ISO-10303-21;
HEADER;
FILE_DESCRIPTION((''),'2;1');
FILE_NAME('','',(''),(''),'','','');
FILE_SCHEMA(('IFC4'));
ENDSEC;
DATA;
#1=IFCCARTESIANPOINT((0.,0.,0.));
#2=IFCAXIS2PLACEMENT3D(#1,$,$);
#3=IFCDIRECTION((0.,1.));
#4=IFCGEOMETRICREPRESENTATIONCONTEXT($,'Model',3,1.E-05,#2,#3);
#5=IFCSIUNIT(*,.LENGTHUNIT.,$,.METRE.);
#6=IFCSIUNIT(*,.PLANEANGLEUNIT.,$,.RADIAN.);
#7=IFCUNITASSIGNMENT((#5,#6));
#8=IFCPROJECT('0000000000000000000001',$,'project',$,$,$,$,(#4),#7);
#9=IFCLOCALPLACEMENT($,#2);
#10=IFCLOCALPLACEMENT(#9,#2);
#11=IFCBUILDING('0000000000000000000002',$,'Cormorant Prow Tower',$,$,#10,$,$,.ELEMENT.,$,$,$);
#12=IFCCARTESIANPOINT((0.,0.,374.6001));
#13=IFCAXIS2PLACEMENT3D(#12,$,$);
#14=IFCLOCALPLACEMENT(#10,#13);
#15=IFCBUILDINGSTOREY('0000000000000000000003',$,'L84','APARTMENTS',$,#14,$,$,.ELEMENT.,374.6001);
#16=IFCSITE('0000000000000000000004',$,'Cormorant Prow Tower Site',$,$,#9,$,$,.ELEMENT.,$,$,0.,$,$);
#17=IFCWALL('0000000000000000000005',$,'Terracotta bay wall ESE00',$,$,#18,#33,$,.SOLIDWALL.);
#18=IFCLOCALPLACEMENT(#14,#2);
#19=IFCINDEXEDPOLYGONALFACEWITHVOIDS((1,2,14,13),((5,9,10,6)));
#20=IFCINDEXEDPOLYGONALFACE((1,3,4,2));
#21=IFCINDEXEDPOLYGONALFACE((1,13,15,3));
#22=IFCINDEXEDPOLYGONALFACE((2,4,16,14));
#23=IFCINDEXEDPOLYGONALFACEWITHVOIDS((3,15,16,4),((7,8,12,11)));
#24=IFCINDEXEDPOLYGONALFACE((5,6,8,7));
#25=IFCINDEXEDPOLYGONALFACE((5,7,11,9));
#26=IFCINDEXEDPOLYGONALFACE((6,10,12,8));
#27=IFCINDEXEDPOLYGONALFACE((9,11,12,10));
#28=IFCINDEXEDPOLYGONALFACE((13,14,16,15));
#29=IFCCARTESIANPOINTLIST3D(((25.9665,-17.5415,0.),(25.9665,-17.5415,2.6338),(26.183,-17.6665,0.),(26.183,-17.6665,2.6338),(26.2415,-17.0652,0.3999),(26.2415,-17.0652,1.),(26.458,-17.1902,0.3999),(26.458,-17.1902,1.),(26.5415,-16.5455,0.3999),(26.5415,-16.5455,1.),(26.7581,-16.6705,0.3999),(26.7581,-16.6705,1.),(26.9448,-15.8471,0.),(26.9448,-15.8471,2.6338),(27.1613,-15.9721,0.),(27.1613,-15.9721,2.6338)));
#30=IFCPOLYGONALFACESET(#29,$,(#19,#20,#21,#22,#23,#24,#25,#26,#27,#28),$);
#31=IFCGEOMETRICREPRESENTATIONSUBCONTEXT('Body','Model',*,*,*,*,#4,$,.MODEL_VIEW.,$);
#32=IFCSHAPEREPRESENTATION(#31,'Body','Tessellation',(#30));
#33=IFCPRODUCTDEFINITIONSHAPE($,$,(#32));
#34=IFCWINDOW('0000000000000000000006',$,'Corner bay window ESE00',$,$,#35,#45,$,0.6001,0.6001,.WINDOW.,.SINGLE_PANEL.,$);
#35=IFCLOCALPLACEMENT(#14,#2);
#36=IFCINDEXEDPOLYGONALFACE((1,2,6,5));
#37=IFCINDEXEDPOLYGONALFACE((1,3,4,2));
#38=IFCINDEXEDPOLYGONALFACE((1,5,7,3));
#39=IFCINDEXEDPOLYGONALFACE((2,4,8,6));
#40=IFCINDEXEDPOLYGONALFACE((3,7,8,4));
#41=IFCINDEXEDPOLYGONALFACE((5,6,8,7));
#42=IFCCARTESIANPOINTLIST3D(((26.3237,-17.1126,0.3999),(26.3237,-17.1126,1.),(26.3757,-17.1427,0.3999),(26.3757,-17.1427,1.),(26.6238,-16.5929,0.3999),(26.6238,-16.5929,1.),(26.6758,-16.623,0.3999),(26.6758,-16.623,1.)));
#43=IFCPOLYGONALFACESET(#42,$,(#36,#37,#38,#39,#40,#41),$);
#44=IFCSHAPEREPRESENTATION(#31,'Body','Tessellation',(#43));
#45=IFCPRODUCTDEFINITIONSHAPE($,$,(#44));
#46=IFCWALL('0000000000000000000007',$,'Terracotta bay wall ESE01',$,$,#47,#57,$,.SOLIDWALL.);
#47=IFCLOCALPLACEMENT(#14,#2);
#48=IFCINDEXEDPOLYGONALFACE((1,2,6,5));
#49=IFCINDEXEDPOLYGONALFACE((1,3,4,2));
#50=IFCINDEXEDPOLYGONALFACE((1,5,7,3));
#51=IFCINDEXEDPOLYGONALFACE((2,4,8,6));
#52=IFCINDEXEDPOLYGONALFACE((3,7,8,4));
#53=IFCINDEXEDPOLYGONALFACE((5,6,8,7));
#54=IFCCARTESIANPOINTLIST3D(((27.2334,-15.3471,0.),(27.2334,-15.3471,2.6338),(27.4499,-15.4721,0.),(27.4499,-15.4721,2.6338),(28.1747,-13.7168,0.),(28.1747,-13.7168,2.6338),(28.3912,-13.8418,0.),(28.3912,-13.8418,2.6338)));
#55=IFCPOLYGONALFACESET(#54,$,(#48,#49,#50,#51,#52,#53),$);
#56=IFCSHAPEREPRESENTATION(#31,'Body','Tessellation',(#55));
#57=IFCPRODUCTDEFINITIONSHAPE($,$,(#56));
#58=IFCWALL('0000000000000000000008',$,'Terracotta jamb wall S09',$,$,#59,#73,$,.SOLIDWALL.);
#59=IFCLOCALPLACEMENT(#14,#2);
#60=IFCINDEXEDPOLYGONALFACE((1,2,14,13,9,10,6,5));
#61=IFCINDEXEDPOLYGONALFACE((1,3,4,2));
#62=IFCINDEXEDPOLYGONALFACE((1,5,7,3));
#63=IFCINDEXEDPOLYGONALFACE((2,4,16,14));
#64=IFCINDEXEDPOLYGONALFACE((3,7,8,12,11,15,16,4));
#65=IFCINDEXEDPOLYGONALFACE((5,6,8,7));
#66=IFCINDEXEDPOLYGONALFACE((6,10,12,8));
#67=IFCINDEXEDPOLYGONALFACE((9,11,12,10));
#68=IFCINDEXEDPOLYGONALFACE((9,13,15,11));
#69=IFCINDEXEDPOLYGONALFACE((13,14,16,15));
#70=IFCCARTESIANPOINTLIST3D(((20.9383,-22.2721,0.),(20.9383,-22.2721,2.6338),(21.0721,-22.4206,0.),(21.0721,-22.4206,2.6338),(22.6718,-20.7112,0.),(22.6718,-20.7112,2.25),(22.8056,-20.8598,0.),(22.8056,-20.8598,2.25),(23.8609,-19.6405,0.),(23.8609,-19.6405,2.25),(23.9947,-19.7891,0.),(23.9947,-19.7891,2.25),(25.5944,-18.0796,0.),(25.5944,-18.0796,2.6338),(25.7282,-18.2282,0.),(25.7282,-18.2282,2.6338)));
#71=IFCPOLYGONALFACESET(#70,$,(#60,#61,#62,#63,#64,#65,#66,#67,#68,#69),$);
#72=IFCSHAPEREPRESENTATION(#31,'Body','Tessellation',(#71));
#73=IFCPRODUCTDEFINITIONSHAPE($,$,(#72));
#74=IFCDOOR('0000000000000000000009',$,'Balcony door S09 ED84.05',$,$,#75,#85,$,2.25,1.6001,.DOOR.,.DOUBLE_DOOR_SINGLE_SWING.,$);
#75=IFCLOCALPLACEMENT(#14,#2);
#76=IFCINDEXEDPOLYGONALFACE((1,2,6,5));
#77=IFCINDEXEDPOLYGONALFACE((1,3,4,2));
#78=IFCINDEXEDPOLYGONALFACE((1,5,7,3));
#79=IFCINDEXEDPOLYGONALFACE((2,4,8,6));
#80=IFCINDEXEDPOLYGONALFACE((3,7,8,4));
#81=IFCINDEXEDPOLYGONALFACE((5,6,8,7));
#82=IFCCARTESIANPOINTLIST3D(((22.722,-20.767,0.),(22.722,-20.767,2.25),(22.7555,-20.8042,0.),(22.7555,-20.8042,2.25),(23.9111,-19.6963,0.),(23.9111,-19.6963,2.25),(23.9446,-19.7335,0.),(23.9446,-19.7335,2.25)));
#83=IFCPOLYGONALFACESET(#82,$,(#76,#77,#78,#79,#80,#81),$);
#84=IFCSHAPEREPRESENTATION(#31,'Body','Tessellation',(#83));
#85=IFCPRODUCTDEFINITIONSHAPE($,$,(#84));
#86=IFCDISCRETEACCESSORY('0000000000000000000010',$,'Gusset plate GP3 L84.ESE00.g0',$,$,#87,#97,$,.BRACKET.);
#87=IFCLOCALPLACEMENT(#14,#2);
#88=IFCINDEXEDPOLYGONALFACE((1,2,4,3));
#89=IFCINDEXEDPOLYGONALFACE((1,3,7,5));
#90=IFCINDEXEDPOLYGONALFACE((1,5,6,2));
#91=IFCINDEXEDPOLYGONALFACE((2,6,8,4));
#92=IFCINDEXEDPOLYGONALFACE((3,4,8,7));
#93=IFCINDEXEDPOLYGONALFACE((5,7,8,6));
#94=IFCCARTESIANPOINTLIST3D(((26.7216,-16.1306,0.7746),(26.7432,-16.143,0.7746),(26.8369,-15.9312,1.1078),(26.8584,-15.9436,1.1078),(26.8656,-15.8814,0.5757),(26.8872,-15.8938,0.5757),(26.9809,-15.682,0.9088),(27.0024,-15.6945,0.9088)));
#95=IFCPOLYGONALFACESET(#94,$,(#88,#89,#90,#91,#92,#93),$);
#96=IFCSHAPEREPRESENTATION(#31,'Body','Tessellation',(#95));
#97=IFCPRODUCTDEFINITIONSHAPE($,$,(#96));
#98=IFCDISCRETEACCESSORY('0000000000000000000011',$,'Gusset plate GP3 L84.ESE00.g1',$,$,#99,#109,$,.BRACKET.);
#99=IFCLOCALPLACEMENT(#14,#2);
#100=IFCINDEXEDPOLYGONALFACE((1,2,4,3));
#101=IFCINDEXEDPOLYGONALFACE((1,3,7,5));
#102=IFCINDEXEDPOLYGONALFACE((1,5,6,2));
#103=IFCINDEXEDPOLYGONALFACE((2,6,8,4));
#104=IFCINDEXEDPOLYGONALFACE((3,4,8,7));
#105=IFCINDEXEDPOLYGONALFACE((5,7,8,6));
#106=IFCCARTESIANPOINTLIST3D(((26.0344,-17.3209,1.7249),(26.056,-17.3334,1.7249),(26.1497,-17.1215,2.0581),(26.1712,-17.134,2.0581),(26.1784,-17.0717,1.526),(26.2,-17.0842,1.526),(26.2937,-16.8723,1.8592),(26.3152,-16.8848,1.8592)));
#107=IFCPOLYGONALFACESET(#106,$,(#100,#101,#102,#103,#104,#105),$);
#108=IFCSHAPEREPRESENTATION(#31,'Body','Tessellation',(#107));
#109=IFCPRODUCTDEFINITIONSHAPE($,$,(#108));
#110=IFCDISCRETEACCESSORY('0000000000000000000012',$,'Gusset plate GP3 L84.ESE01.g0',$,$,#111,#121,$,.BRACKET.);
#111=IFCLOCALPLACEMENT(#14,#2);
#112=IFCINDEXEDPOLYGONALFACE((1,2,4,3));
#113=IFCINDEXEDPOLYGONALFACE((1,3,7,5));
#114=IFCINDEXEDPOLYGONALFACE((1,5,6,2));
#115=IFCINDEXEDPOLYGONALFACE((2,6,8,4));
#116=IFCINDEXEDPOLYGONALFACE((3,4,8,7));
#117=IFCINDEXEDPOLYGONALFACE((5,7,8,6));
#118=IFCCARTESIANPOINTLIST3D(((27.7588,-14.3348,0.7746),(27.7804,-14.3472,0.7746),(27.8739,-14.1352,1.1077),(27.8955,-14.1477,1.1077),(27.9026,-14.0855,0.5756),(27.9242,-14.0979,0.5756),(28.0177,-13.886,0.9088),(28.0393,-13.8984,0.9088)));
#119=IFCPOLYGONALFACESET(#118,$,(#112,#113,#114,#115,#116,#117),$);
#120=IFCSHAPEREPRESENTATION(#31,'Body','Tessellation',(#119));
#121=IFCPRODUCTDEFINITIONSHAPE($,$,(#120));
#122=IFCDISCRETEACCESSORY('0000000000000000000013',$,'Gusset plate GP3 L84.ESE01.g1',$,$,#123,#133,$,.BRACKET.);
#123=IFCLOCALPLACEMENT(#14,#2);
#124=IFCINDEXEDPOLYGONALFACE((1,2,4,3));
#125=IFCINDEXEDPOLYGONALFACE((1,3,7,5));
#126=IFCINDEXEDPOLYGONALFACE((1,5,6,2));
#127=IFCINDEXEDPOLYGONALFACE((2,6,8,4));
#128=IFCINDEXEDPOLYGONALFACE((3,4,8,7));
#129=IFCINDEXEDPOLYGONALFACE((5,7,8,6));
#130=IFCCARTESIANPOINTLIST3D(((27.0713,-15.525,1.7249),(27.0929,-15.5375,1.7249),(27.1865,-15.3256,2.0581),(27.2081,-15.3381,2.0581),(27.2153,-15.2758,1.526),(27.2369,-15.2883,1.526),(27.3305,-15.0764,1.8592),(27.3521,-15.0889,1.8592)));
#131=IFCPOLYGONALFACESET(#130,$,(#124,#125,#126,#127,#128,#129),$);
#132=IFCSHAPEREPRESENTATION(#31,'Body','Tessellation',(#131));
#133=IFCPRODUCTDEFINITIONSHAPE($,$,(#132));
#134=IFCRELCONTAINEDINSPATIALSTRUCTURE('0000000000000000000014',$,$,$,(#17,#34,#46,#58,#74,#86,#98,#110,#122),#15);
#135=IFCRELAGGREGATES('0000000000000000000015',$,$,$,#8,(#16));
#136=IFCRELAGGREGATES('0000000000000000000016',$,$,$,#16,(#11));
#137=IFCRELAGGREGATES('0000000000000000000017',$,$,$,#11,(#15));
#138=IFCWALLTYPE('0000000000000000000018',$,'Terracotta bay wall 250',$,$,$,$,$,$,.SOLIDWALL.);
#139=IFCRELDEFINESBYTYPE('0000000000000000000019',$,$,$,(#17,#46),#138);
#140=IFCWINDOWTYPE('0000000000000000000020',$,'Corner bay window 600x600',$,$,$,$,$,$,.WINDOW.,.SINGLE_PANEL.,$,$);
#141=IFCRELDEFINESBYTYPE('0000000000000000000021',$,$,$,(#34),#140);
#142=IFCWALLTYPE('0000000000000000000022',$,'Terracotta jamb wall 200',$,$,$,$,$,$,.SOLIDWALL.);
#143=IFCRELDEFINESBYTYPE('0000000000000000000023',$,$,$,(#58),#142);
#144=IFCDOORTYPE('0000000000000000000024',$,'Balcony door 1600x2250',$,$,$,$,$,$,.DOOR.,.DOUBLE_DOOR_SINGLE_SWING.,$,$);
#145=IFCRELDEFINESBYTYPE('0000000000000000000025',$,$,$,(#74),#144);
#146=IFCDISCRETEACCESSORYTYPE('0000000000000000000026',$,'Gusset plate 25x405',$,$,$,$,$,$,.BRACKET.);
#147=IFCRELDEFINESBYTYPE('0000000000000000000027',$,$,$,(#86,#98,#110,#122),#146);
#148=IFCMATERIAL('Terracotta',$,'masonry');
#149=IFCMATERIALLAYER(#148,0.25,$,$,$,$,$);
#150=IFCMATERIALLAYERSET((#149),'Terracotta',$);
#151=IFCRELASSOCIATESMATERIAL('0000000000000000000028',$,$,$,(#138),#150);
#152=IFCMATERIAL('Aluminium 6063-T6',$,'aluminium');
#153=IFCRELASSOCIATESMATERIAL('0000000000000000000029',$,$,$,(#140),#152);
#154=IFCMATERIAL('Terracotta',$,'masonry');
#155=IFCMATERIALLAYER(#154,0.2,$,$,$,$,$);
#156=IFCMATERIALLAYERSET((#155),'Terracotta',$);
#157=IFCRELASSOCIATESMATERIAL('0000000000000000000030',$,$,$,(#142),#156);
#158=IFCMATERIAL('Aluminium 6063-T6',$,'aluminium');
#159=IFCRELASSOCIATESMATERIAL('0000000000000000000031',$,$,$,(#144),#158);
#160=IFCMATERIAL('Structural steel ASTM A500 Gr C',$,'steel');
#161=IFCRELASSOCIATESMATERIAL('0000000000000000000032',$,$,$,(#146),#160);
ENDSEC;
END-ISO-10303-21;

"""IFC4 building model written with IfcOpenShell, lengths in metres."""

from ifc_helpers import new_model, si_unit, direction, frame, frame_2d, origin, origin_2d, place, context, subcontext, project, spatial, rectangle, extrude, material, layer, layer_set, material_profile, profile_set, type_object, element, fill, save


model = new_model("IFC4")

# Units and contexts
model_context = context("Model", 3, precision=1e-05, world=origin(), true_north=direction((0.0, 1.0)))
body_context = subcontext(model_context, "Body", "Model", "MODEL_VIEW")
ifc_project = project(units=[si_unit("LENGTHUNIT", "METRE"), si_unit("PLANEANGLEUNIT", "RADIAN")], contexts=[model_context])

# Site, building, storey
site_placement = place(None, origin())
site = spatial("IfcSite", under=ifc_project, at=site_placement, Name="Cormorant Prow Tower Site", CompositionType="ELEMENT", RefElevation=0.0)
building_placement = place(site_placement, origin())
building = spatial("IfcBuilding", under=site, at=building_placement, Name="Cormorant Prow Tower", CompositionType="ELEMENT")
storey_placement = place(building_placement, frame((0.0, 0.0, 374.6001)))
storey = spatial("IfcBuildingStorey", under=building, at=storey_placement, Name="L84", Description="APARTMENTS", CompositionType="ELEMENT", Elevation=374.6001)

# Wall, opening, window
ifc_material_1 = material(Name="Terracotta", Category="masonry")
ifc_layer_1 = layer(ifc_material_1, 0.25)
ifc_layer_set_1 = layer_set([ifc_layer_1], Name="Terracotta")
wall_type_1 = type_object("IfcWallType", Name="Terracotta bay wall 250", PredefinedType="SOLIDWALL", material=ifc_layer_set_1)
wall_1_placement = place(storey_placement, frame((26.0747, -17.604, 0.0), z_axis=(0.0, 0.0, 1.0), x_axis=(0.500018, 0.866015, 0.0)))
wall_1 = element("IfcWall", 1, at=wall_1_placement, inside=storey, type_object=wall_type_1, Name="Terracotta bay wall ESE00", PredefinedType="SOLIDWALL", context=body_context, shape_type="SweptSolid", body=[
    extrude(rectangle(XDim=1.9565, YDim=0.25, at=frame_2d((0.9783, 0.0))), origin(), (0.0, 0.0, 1.0), 2.6338),
])
opening_1_placement = place(wall_1_placement, frame((0.55, 0.0, 0.3999)))
opening_1 = element("IfcOpeningElement", 2, at=opening_1_placement, cuts=wall_1, PredefinedType="OPENING", context=body_context, shape_type="SweptSolid", body=[
    extrude(rectangle(XDim=0.6001, YDim=0.6001, at=frame_2d((0.3, 0.3))), frame((0.0, 0.135, 0.0), z_axis=(0.0, -1.0, 0.0), x_axis=(1.0, 0.0, 0.0)), (0.0, 0.0, 1.0), 0.27),
])
ifc_material_2 = material(Name="Aluminium 6063-T6", Category="aluminium")
window_type = type_object("IfcWindowType", Name="Corner bay window 600x600", PartitioningType="SINGLE_PANEL", PredefinedType="WINDOW", material=ifc_material_2)
window_placement = place(opening_1_placement, origin())
window = element("IfcWindow", 3, at=window_placement, inside=storey, type_object=window_type, Name="Corner bay window ESE00", OverallHeight=0.6001, OverallWidth=0.6001, PartitioningType="SINGLE_PANEL", PredefinedType="WINDOW", context=body_context, shape_type="SweptSolid", body=[
    extrude(rectangle(XDim=0.6001, YDim=0.6001, at=frame_2d((0.3, 0.3))), frame((0.0, 0.03, 0.0), z_axis=(0.0, -1.0, 0.0), x_axis=(1.0, 0.0, 0.0)), (0.0, 0.0, 1.0), 0.0601),
])
fill(opening_1, window)

# Wall
wall_2_placement = place(storey_placement, frame((27.3416, -15.4097, 0.0), z_axis=(0.0, 0.0, 1.0), x_axis=(0.500044, 0.866, 0.0)))
element("IfcWall", 4, at=wall_2_placement, inside=storey, type_object=wall_type_1, Name="Terracotta bay wall ESE01", PredefinedType="SOLIDWALL", context=body_context, shape_type="SweptSolid", body=[
    extrude(rectangle(XDim=1.8826, YDim=0.25, at=frame_2d((0.9414, 0.0))), origin(), (0.0, 0.0, 1.0), 2.6338),
])

# Wall, opening, door
ifc_material_3 = material(Name="Terracotta", Category="masonry")
ifc_layer_2 = layer(ifc_material_3, 0.2)
ifc_layer_set_2 = layer_set([ifc_layer_2], Name="Terracotta")
wall_type_2 = type_object("IfcWallType", Name="Terracotta jamb wall 200", PredefinedType="SOLIDWALL", material=ifc_layer_set_2)
wall_3_placement = place(storey_placement, frame((21.0051, -22.3464, 0.0), z_axis=(0.0, 0.0, 1.0), x_axis=(0.743137, 0.669139, 0.0)))
wall_3 = element("IfcWall", 5, at=wall_3_placement, inside=storey, type_object=wall_type_2, Name="Terracotta jamb wall S09", PredefinedType="SOLIDWALL", context=body_context, shape_type="SweptSolid", body=[
    extrude(rectangle(XDim=6.2654, YDim=0.2, at=frame_2d((3.1328, 0.0))), origin(), (0.0, 0.0, 1.0), 2.6338),
])
opening_2_placement = place(wall_3_placement, frame((2.3328, 0.0, 0.0)))
opening_2 = element("IfcOpeningElement", 6, at=opening_2_placement, cuts=wall_3, PredefinedType="OPENING", context=body_context, shape_type="SweptSolid", body=[
    extrude(rectangle(XDim=1.6001, YDim=2.25, at=frame_2d((0.8, 1.125))), frame((0.0, 0.1099, 0.0), z_axis=(0.0, -1.0, 0.0), x_axis=(1.0, 0.0, 0.0)), (0.0, 0.0, 1.0), 0.22),
])
ifc_material_4 = material(Name="Aluminium 6063-T6", Category="aluminium")
door_type_1 = type_object("IfcDoorType", Name="Balcony door 1600x2250", OperationType="DOUBLE_DOOR_SINGLE_SWING", PredefinedType="DOOR", material=ifc_material_4)
door_1_placement = place(opening_2_placement, origin())
door_1 = element("IfcDoor", 7, at=door_1_placement, inside=storey, type_object=door_type_1, Name="Balcony door S09 ED84.05", OperationType="DOUBLE_DOOR_SINGLE_SWING", OverallHeight=2.25, OverallWidth=1.6001, PredefinedType="DOOR", context=body_context, shape_type="SweptSolid", body=[
    extrude(rectangle(XDim=1.6001, YDim=2.25, at=frame_2d((0.8, 1.125))), frame((0.0, 0.0249, 0.0), z_axis=(0.0, -1.0, 0.0), x_axis=(1.0, 0.0, 0.0)), (0.0, 0.0, 1.0), 0.05),
])
fill(opening_2, door_1)

# Discrete accessories
ifc_material_5 = material(Name="Structural steel ASTM A500 Gr C", Category="steel")
ifc_material_profile_1 = material_profile(ifc_material_5, rectangle(XDim=0.0249, YDim=0.405, at=origin_2d()), Name="Gusset plate 25x405")
ifc_profile_set_1 = profile_set([ifc_material_profile_1], Name="Structural steel ASTM A500 Gr C")
discrete_accessory_type = type_object("IfcDiscreteAccessoryType", Name="Gusset plate 25x405", PredefinedType="BRACKET", material=ifc_profile_set_1)
for number, where, z_axis, x_axis, name in (
    (8, (26.79, -16.0371, 0.9412), (0.411596, 0.71227, -0.56856), (-0.865832, 0.500334, 0.0), "Gusset plate GP3 L84.ESE00.g0"),
    (9, (26.2468, -16.9783, 1.6926), (-0.411596, -0.71227, 0.56856), (0.865832, -0.500334, 0.0), "Gusset plate GP3 L84.ESE00.g1"),
    (10, (27.8271, -14.2412, 0.9412), (0.411016, 0.712474, -0.568723), (-0.8662, 0.499698, 0.0), "Gusset plate GP3 L84.ESE01.g0"),
    (11, (27.2837, -15.1824, 1.6926), (-0.411596, -0.71227, 0.56856), (0.865832, -0.500334, 0.0), "Gusset plate GP3 L84.ESE01.g1"),
):
    element("IfcDiscreteAccessory", number, at=place(storey_placement, frame(where, z_axis=z_axis, x_axis=x_axis)), inside=storey, type_object=discrete_accessory_type, Name=name, PredefinedType="BRACKET", context=body_context, shape_type="SweptSolid", body=[
        extrude(rectangle(XDim=0.0249, YDim=0.405, at=origin_2d()), origin(), (0.0, 0.0, 1.0), 0.3499),
    ])

save(model, "model.ifc")
